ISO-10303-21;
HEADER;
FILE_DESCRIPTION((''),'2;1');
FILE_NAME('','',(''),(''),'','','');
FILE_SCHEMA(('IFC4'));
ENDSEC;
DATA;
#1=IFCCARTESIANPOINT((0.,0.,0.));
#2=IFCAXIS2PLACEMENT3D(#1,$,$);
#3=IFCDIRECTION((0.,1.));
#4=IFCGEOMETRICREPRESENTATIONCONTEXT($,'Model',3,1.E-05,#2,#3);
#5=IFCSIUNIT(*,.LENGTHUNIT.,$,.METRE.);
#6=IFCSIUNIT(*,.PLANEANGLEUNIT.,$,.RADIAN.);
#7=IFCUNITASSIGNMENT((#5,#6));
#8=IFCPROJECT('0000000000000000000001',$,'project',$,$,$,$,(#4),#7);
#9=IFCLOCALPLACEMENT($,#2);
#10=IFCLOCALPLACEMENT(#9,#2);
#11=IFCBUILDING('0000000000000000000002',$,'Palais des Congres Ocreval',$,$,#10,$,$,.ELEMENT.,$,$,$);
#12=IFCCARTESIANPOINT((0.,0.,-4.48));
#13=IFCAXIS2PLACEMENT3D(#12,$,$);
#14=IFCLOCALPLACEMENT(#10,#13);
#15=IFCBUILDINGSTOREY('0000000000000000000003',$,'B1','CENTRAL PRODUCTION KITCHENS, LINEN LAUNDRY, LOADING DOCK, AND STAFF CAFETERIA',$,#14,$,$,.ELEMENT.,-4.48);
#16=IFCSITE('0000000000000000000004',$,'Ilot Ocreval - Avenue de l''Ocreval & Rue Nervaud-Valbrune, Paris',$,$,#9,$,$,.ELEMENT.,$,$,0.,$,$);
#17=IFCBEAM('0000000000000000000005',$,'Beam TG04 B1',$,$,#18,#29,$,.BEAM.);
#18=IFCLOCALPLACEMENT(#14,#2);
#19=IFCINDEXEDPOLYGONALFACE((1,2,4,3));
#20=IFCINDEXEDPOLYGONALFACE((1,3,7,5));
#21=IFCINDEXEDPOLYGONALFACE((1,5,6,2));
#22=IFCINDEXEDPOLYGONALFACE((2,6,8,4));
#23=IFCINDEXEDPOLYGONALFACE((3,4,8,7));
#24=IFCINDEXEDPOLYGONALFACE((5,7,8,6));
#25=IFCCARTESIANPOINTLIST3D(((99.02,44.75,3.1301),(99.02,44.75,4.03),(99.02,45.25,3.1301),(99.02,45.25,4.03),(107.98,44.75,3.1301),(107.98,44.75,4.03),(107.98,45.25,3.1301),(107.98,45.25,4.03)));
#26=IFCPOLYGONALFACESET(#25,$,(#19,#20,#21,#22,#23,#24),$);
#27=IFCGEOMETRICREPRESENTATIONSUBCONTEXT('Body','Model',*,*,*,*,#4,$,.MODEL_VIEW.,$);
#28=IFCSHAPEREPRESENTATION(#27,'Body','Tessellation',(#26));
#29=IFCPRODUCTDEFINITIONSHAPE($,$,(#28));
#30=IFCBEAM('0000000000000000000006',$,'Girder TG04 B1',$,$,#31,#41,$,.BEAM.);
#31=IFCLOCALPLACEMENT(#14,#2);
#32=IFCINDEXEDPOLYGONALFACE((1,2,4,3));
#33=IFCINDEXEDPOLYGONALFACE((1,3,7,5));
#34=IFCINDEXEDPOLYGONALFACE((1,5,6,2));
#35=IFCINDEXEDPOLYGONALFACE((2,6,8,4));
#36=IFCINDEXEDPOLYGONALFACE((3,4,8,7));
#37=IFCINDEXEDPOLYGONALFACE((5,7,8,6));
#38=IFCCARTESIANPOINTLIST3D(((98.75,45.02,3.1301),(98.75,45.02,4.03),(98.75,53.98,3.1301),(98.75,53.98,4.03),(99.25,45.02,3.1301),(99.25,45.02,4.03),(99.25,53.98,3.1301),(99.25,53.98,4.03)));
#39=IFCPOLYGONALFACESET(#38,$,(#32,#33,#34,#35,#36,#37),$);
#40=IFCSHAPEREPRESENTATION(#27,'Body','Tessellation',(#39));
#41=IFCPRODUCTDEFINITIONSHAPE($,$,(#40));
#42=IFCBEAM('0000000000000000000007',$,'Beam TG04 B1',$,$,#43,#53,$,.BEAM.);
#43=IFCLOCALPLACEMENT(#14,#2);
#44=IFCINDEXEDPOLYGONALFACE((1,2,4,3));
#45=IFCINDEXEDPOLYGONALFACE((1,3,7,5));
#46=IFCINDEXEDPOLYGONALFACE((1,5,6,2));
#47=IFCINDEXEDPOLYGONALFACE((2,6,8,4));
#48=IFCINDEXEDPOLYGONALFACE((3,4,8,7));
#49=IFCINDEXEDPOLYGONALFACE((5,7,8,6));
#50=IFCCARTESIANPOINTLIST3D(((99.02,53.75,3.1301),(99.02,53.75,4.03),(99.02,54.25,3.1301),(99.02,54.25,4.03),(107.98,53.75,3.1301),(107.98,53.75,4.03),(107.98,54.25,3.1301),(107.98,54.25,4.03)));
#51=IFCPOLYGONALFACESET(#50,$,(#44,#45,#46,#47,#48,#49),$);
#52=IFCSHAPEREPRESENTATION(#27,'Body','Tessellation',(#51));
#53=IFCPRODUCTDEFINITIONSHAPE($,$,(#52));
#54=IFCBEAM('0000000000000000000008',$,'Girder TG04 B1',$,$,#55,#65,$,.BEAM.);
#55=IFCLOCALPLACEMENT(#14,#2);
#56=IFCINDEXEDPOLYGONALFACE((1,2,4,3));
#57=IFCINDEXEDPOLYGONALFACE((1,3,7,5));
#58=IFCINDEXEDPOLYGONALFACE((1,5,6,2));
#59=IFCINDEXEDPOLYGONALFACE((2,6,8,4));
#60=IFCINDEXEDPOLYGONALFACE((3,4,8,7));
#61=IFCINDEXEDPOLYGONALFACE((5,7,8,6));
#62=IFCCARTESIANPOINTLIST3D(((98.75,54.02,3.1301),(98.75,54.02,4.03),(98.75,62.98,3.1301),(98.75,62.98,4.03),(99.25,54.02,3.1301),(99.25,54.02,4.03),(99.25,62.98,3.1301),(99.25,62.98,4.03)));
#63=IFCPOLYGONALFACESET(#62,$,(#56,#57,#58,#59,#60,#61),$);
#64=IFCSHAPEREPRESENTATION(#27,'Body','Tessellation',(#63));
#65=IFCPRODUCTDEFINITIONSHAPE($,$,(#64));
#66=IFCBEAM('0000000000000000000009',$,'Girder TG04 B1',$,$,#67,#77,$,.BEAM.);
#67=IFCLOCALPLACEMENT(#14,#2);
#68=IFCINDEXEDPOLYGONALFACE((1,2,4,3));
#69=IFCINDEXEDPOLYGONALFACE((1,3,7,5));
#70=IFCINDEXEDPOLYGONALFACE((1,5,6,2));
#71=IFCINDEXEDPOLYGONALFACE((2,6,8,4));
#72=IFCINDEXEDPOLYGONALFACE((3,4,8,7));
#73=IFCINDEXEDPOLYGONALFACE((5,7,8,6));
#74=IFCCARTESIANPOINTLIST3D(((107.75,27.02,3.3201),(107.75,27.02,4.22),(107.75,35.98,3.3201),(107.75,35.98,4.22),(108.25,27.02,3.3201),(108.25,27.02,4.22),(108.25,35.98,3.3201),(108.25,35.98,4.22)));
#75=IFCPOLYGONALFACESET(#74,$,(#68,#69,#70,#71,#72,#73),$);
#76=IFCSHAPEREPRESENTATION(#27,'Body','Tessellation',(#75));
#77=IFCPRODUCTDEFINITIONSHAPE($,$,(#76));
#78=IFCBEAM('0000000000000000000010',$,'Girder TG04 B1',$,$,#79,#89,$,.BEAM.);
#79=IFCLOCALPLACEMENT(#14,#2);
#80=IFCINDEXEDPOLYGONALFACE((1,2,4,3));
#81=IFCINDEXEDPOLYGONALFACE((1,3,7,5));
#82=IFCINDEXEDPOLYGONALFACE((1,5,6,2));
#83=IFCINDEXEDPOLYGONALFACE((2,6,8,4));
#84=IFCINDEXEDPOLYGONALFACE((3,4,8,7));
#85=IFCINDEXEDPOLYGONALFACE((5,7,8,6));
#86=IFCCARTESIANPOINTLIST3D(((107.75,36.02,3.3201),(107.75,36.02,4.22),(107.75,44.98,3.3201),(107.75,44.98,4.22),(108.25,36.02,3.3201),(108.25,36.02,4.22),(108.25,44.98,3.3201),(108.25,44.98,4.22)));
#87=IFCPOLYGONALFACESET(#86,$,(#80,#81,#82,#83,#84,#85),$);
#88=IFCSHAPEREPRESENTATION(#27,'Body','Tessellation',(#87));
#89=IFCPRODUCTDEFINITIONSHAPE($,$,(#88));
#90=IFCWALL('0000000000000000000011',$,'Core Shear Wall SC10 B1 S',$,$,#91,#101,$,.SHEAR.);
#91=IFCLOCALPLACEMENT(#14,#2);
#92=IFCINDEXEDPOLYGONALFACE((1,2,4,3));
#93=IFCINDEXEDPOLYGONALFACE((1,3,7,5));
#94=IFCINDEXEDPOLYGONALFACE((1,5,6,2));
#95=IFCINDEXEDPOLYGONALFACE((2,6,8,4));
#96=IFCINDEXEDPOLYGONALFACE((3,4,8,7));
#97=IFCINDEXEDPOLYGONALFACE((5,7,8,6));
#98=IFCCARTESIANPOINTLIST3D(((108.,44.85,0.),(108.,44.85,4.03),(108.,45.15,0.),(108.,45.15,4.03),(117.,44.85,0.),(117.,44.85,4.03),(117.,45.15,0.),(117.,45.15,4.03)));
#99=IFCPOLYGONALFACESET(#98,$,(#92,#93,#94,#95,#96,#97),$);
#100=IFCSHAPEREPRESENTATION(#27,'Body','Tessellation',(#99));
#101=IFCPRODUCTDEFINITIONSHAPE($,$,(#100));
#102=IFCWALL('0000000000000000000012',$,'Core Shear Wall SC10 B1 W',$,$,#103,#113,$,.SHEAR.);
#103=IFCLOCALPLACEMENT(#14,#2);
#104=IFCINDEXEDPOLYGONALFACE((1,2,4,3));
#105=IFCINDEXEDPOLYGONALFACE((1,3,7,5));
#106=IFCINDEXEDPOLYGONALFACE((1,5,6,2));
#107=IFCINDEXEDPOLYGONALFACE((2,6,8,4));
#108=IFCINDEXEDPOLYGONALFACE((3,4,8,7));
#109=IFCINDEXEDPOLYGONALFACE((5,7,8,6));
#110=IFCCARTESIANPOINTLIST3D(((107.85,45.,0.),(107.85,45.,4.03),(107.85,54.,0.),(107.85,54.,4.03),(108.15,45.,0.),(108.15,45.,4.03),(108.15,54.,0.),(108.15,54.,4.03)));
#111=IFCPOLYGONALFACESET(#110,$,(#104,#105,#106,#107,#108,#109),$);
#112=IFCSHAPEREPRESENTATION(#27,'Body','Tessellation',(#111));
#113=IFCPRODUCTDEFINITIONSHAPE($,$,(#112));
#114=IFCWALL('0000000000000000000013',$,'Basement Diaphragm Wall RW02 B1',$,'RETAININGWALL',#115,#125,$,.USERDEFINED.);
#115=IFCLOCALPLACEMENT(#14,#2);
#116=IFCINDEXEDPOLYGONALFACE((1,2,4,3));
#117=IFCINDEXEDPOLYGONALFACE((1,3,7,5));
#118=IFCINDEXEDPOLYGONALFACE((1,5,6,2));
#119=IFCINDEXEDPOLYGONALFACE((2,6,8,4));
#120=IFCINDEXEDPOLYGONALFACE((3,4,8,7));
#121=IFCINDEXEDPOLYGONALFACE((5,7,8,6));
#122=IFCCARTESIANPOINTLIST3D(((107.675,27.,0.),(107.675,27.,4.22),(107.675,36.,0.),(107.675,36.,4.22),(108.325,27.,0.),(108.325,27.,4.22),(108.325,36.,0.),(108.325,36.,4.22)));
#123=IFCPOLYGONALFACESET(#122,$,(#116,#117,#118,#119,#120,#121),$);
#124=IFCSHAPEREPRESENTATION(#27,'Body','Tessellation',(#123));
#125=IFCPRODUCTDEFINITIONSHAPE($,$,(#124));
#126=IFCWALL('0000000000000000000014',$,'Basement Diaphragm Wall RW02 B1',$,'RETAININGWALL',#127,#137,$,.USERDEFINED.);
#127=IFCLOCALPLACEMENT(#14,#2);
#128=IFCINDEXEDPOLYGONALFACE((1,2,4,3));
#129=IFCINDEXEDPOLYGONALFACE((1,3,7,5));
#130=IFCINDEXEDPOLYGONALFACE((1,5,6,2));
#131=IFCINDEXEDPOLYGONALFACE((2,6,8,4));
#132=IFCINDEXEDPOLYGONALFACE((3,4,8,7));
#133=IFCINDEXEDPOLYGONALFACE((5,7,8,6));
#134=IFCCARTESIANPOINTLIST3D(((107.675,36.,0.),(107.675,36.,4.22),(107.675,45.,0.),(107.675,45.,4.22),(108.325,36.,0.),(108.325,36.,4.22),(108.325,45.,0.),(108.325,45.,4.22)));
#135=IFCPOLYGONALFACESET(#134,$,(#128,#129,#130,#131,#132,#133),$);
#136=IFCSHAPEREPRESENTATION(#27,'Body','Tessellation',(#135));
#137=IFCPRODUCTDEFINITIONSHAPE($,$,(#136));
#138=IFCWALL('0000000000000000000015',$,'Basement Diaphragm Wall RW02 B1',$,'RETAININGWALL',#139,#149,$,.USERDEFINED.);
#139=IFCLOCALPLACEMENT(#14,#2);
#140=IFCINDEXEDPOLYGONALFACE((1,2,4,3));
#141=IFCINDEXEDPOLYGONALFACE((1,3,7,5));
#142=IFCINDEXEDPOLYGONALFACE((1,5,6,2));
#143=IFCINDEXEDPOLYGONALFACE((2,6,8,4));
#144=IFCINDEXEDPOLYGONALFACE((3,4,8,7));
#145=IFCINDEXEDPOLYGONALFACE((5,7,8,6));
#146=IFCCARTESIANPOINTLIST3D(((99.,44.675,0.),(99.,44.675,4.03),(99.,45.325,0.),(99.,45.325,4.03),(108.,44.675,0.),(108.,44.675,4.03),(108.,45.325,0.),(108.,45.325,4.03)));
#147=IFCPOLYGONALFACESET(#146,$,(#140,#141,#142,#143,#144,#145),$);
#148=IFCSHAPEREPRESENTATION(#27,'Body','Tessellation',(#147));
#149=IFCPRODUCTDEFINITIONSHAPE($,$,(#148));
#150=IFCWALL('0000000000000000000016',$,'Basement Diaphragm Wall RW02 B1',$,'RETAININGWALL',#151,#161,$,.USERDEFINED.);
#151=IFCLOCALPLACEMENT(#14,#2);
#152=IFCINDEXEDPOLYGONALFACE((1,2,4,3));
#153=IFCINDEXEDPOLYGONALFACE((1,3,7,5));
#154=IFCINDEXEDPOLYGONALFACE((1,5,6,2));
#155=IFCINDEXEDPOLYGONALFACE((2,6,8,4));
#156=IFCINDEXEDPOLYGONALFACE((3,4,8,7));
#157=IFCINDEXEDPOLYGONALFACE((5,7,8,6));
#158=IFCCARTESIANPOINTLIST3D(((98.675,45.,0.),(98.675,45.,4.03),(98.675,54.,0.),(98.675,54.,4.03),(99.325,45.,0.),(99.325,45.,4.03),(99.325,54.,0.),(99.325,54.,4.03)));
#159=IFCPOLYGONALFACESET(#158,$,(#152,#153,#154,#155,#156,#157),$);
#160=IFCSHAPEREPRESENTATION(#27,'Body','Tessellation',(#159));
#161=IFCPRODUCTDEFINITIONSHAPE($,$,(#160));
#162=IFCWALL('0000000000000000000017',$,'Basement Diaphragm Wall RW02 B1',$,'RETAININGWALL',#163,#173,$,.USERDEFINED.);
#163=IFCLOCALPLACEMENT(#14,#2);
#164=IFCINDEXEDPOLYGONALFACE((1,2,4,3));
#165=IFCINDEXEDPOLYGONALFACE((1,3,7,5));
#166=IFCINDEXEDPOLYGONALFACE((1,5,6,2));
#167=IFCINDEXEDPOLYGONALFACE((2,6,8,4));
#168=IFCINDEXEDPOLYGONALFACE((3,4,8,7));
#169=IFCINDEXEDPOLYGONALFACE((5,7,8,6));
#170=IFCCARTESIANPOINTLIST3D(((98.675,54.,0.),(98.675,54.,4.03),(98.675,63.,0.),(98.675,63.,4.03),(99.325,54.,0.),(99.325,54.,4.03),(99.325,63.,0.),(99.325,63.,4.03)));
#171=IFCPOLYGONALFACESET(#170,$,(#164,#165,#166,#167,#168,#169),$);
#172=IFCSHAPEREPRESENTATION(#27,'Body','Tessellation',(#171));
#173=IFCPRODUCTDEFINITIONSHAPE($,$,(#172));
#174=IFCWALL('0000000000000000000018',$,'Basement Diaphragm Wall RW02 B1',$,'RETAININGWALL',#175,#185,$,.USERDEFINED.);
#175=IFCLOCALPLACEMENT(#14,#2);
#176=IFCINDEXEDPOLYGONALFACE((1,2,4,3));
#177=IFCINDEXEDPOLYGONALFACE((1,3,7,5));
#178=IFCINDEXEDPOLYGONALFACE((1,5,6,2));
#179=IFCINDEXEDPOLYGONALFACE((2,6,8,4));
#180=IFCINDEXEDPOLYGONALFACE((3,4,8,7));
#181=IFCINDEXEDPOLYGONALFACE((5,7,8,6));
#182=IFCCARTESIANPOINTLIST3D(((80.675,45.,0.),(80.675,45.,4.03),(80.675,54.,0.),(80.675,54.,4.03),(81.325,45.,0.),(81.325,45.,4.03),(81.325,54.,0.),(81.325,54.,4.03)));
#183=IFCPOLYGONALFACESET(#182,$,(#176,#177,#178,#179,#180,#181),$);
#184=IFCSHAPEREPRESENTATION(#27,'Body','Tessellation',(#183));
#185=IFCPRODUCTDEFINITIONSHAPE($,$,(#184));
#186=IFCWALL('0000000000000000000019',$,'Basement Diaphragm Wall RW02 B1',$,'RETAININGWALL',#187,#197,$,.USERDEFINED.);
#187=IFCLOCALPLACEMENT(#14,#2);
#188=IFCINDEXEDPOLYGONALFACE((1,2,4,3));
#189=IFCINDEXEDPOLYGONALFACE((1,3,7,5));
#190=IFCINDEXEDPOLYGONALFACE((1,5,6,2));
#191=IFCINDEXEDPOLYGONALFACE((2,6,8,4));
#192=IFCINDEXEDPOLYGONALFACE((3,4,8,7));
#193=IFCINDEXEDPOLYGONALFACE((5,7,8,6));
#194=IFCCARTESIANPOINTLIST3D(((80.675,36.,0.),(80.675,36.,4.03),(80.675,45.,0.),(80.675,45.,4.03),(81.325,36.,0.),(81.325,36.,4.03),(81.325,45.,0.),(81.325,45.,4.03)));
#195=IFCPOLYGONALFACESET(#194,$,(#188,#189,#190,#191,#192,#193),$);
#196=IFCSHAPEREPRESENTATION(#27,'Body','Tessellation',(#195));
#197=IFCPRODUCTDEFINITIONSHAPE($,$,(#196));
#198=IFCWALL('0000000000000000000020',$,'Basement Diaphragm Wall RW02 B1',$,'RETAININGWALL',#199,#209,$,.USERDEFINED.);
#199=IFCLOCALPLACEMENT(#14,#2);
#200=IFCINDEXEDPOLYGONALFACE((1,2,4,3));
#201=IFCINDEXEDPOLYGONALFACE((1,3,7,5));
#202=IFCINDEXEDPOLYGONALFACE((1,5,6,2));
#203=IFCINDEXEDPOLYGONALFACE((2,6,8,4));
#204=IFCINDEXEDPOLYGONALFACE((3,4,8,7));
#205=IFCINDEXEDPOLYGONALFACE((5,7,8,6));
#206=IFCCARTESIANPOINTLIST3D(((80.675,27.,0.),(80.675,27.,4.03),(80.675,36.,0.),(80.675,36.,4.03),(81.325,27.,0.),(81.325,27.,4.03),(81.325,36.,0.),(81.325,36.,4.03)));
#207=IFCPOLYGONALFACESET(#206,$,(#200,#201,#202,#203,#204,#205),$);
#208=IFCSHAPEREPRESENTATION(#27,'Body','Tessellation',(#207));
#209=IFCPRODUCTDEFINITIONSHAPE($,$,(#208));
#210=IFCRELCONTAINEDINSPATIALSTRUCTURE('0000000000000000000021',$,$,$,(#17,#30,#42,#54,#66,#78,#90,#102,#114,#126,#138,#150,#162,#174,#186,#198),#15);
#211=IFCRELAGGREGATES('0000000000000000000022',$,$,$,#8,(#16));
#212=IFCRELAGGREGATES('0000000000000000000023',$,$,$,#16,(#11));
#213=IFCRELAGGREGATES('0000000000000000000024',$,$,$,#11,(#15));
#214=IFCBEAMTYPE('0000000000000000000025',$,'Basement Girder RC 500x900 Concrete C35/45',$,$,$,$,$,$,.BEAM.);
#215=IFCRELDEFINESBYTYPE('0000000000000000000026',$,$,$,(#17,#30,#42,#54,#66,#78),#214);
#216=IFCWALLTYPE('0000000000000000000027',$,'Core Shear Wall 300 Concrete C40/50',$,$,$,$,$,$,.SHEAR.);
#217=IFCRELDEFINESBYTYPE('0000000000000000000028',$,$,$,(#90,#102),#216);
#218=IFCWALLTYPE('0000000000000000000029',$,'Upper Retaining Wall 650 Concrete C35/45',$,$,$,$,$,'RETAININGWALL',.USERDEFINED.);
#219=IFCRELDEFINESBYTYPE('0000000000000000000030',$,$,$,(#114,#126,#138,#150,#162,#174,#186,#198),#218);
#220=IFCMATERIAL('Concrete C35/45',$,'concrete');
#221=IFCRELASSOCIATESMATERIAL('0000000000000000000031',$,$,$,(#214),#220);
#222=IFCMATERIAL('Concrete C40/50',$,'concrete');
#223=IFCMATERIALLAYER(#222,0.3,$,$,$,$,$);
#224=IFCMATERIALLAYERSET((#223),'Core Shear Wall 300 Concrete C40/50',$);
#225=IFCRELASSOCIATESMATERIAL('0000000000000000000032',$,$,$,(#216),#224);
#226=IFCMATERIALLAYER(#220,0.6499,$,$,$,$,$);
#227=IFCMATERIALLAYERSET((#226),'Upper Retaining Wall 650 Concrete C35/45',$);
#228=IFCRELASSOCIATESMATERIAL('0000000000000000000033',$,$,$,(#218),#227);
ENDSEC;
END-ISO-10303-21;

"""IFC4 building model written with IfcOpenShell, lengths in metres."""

from ifc_helpers import new_model, si_unit, direction, frame, frame_2d, origin, origin_2d, place, context, subcontext, project, spatial, rectangle, extrude, material, layer, layer_set, material_profile, profile_set, type_object, element, save


model = new_model("IFC4")

# Units and contexts
model_context = context("Model", 3, precision=1e-05, world=origin(), true_north=direction((0.0, 1.0)))
body_context = subcontext(model_context, "Body", "Model", "MODEL_VIEW")
ifc_project = project(units=[si_unit("LENGTHUNIT", "METRE"), si_unit("PLANEANGLEUNIT", "RADIAN")], contexts=[model_context])

# Site, building, storey
site_placement = place(None, origin())
site = spatial("IfcSite", under=ifc_project, at=site_placement, Name="Ilot Ocreval - Avenue de l'Ocreval & Rue Nervaud-Valbrune, Paris", CompositionType="ELEMENT", RefElevation=0.0)
building_placement = place(site_placement, origin())
building = spatial("IfcBuilding", under=site, at=building_placement, Name="Palais des Congres Ocreval", CompositionType="ELEMENT")
storey_placement = place(building_placement, frame((0.0, 0.0, -4.48)))
storey = spatial("IfcBuildingStorey", under=building, at=storey_placement, Name="B1", Description="CENTRAL PRODUCTION KITCHENS, LINEN LAUNDRY, LOADING DOCK, AND STAFF CAFETERIA", CompositionType="ELEMENT", Elevation=-4.48)

# Beams
ifc_material_1 = material(Name="Concrete C35/45", Category="concrete")
ifc_material_profile_1 = material_profile(ifc_material_1, rectangle(XDim=0.5, YDim=0.8999, at=origin_2d()), Name="RC 500x900")
ifc_profile_set_1 = profile_set([ifc_material_profile_1], Name="Concrete C35/45")
beam_type = type_object("IfcBeamType", Name="Basement Girder RC 500x900 Concrete C35/45", PredefinedType="BEAM", material=ifc_profile_set_1)
for number, where, z_axis, x_axis, name in (
    (1, (99.02, 45.0, 3.5801), (1.0, 0.0, 0.0), (0.0, 1.0, 0.0), "Beam TG04 B1"),
    (2, (99.0, 45.02, 3.5801), (0.0, 1.0, 0.0), (-1.0, 0.0, 0.0), "Girder TG04 B1"),
    (3, (99.02, 54.0, 3.5801), (1.0, 0.0, 0.0), (0.0, 1.0, 0.0), "Beam TG04 B1"),
    (4, (99.0, 54.02, 3.5801), (0.0, 1.0, 0.0), (-1.0, 0.0, 0.0), "Girder TG04 B1"),
    (5, (108.0, 27.02, 3.77), (0.0, 1.0, 0.0), (-1.0, 0.0, 0.0), "Girder TG04 B1"),
    (6, (108.0, 36.02, 3.77), (0.0, 1.0, 0.0), (-1.0, 0.0, 0.0), "Girder TG04 B1"),
):
    element("IfcBeam", number, at=place(storey_placement, frame(where, z_axis=z_axis, x_axis=x_axis)), inside=storey, type_object=beam_type, Name=name, PredefinedType="BEAM", context=body_context, shape_type="SweptSolid", body=[
        extrude(rectangle(XDim=0.5, YDim=0.8999, at=origin_2d()), origin(), (0.0, 0.0, 1.0), 8.96),
    ])

# Walls
ifc_material_2 = material(Name="Concrete C40/50", Category="concrete")
ifc_layer_1 = layer(ifc_material_2, 0.3)
ifc_layer_set_1 = layer_set([ifc_layer_1], Name="Core Shear Wall 300 Concrete C40/50")
wall_type_1 = type_object("IfcWallType", Name="Core Shear Wall 300 Concrete C40/50", PredefinedType="SHEAR", material=ifc_layer_set_1)
for number, where, z_axis, x_axis, name in (
    (7, (108.0, 45.0, 0.0), (0.0, 0.0, 1.0), (1.0, 0.0, 0.0), "Core Shear Wall SC10 B1 S"),
    (8, (108.0, 45.0, 0.0), (0.0, 0.0, 1.0), (0.0, 1.0, 0.0), "Core Shear Wall SC10 B1 W"),
):
    element("IfcWall", number, at=place(storey_placement, frame(where, z_axis=z_axis, x_axis=x_axis)), inside=storey, type_object=wall_type_1, Name=name, PredefinedType="SHEAR", context=body_context, shape_type="SweptSolid", body=[
        extrude(rectangle(XDim=9.0, YDim=0.3, at=frame_2d((4.5, 0.0))), origin(), (0.0, 0.0, 1.0), 4.03),
    ])
ifc_layer_2 = layer(ifc_material_1, 0.6499)
ifc_layer_set_2 = layer_set([ifc_layer_2], Name="Upper Retaining Wall 650 Concrete C35/45")
wall_type_2 = type_object("IfcWallType", Name="Upper Retaining Wall 650 Concrete C35/45", ElementType="RETAININGWALL", PredefinedType="USERDEFINED", material=ifc_layer_set_2)
for number, where, z_axis, x_axis, name in (
    (9, (108.0, 27.0, 0.0), (0.0, 0.0, 1.0), (0.0, 1.0, 0.0), "Basement Diaphragm Wall RW02 B1"),
    (10, (108.0, 36.0, 0.0), (0.0, 0.0, 1.0), (0.0, 1.0, 0.0), "Basement Diaphragm Wall RW02 B1"),
):
    element("IfcWall", number, at=place(storey_placement, frame(where, z_axis=z_axis, x_axis=x_axis)), inside=storey, type_object=wall_type_2, Name=name, ObjectType="RETAININGWALL", PredefinedType="USERDEFINED", context=body_context, shape_type="SweptSolid", body=[
        extrude(rectangle(XDim=9.0, YDim=0.6499, at=frame_2d((4.5, 0.0))), origin(), (0.0, 0.0, 1.0), 4.22),
    ])
for number, where, z_axis, x_axis, name in (
    (11, (108.0, 45.0, 0.0), (0.0, 0.0, 1.0), (-1.0, 0.0, 0.0), "Basement Diaphragm Wall RW02 B1"),
    (12, (99.0, 45.0, 0.0), (0.0, 0.0, 1.0), (0.0, 1.0, 0.0), "Basement Diaphragm Wall RW02 B1"),
    (13, (99.0, 54.0, 0.0), (0.0, 0.0, 1.0), (0.0, 1.0, 0.0), "Basement Diaphragm Wall RW02 B1"),
    (14, (81.0, 54.0, 0.0), (0.0, 0.0, 1.0), (0.0, -1.0, 0.0), "Basement Diaphragm Wall RW02 B1"),
    (15, (81.0, 45.0, 0.0), (0.0, 0.0, 1.0), (0.0, -1.0, 0.0), "Basement Diaphragm Wall RW02 B1"),
    (16, (81.0, 36.0, 0.0), (0.0, 0.0, 1.0), (0.0, -1.0, 0.0), "Basement Diaphragm Wall RW02 B1"),
):
    element("IfcWall", number, at=place(storey_placement, frame(where, z_axis=z_axis, x_axis=x_axis)), inside=storey, type_object=wall_type_2, Name=name, ObjectType="RETAININGWALL", PredefinedType="USERDEFINED", context=body_context, shape_type="SweptSolid", body=[
        extrude(rectangle(XDim=9.0, YDim=0.6499, at=frame_2d((4.5, 0.0))), origin(), (0.0, 0.0, 1.0), 4.03),
    ])

save(model, "model.ifc")
